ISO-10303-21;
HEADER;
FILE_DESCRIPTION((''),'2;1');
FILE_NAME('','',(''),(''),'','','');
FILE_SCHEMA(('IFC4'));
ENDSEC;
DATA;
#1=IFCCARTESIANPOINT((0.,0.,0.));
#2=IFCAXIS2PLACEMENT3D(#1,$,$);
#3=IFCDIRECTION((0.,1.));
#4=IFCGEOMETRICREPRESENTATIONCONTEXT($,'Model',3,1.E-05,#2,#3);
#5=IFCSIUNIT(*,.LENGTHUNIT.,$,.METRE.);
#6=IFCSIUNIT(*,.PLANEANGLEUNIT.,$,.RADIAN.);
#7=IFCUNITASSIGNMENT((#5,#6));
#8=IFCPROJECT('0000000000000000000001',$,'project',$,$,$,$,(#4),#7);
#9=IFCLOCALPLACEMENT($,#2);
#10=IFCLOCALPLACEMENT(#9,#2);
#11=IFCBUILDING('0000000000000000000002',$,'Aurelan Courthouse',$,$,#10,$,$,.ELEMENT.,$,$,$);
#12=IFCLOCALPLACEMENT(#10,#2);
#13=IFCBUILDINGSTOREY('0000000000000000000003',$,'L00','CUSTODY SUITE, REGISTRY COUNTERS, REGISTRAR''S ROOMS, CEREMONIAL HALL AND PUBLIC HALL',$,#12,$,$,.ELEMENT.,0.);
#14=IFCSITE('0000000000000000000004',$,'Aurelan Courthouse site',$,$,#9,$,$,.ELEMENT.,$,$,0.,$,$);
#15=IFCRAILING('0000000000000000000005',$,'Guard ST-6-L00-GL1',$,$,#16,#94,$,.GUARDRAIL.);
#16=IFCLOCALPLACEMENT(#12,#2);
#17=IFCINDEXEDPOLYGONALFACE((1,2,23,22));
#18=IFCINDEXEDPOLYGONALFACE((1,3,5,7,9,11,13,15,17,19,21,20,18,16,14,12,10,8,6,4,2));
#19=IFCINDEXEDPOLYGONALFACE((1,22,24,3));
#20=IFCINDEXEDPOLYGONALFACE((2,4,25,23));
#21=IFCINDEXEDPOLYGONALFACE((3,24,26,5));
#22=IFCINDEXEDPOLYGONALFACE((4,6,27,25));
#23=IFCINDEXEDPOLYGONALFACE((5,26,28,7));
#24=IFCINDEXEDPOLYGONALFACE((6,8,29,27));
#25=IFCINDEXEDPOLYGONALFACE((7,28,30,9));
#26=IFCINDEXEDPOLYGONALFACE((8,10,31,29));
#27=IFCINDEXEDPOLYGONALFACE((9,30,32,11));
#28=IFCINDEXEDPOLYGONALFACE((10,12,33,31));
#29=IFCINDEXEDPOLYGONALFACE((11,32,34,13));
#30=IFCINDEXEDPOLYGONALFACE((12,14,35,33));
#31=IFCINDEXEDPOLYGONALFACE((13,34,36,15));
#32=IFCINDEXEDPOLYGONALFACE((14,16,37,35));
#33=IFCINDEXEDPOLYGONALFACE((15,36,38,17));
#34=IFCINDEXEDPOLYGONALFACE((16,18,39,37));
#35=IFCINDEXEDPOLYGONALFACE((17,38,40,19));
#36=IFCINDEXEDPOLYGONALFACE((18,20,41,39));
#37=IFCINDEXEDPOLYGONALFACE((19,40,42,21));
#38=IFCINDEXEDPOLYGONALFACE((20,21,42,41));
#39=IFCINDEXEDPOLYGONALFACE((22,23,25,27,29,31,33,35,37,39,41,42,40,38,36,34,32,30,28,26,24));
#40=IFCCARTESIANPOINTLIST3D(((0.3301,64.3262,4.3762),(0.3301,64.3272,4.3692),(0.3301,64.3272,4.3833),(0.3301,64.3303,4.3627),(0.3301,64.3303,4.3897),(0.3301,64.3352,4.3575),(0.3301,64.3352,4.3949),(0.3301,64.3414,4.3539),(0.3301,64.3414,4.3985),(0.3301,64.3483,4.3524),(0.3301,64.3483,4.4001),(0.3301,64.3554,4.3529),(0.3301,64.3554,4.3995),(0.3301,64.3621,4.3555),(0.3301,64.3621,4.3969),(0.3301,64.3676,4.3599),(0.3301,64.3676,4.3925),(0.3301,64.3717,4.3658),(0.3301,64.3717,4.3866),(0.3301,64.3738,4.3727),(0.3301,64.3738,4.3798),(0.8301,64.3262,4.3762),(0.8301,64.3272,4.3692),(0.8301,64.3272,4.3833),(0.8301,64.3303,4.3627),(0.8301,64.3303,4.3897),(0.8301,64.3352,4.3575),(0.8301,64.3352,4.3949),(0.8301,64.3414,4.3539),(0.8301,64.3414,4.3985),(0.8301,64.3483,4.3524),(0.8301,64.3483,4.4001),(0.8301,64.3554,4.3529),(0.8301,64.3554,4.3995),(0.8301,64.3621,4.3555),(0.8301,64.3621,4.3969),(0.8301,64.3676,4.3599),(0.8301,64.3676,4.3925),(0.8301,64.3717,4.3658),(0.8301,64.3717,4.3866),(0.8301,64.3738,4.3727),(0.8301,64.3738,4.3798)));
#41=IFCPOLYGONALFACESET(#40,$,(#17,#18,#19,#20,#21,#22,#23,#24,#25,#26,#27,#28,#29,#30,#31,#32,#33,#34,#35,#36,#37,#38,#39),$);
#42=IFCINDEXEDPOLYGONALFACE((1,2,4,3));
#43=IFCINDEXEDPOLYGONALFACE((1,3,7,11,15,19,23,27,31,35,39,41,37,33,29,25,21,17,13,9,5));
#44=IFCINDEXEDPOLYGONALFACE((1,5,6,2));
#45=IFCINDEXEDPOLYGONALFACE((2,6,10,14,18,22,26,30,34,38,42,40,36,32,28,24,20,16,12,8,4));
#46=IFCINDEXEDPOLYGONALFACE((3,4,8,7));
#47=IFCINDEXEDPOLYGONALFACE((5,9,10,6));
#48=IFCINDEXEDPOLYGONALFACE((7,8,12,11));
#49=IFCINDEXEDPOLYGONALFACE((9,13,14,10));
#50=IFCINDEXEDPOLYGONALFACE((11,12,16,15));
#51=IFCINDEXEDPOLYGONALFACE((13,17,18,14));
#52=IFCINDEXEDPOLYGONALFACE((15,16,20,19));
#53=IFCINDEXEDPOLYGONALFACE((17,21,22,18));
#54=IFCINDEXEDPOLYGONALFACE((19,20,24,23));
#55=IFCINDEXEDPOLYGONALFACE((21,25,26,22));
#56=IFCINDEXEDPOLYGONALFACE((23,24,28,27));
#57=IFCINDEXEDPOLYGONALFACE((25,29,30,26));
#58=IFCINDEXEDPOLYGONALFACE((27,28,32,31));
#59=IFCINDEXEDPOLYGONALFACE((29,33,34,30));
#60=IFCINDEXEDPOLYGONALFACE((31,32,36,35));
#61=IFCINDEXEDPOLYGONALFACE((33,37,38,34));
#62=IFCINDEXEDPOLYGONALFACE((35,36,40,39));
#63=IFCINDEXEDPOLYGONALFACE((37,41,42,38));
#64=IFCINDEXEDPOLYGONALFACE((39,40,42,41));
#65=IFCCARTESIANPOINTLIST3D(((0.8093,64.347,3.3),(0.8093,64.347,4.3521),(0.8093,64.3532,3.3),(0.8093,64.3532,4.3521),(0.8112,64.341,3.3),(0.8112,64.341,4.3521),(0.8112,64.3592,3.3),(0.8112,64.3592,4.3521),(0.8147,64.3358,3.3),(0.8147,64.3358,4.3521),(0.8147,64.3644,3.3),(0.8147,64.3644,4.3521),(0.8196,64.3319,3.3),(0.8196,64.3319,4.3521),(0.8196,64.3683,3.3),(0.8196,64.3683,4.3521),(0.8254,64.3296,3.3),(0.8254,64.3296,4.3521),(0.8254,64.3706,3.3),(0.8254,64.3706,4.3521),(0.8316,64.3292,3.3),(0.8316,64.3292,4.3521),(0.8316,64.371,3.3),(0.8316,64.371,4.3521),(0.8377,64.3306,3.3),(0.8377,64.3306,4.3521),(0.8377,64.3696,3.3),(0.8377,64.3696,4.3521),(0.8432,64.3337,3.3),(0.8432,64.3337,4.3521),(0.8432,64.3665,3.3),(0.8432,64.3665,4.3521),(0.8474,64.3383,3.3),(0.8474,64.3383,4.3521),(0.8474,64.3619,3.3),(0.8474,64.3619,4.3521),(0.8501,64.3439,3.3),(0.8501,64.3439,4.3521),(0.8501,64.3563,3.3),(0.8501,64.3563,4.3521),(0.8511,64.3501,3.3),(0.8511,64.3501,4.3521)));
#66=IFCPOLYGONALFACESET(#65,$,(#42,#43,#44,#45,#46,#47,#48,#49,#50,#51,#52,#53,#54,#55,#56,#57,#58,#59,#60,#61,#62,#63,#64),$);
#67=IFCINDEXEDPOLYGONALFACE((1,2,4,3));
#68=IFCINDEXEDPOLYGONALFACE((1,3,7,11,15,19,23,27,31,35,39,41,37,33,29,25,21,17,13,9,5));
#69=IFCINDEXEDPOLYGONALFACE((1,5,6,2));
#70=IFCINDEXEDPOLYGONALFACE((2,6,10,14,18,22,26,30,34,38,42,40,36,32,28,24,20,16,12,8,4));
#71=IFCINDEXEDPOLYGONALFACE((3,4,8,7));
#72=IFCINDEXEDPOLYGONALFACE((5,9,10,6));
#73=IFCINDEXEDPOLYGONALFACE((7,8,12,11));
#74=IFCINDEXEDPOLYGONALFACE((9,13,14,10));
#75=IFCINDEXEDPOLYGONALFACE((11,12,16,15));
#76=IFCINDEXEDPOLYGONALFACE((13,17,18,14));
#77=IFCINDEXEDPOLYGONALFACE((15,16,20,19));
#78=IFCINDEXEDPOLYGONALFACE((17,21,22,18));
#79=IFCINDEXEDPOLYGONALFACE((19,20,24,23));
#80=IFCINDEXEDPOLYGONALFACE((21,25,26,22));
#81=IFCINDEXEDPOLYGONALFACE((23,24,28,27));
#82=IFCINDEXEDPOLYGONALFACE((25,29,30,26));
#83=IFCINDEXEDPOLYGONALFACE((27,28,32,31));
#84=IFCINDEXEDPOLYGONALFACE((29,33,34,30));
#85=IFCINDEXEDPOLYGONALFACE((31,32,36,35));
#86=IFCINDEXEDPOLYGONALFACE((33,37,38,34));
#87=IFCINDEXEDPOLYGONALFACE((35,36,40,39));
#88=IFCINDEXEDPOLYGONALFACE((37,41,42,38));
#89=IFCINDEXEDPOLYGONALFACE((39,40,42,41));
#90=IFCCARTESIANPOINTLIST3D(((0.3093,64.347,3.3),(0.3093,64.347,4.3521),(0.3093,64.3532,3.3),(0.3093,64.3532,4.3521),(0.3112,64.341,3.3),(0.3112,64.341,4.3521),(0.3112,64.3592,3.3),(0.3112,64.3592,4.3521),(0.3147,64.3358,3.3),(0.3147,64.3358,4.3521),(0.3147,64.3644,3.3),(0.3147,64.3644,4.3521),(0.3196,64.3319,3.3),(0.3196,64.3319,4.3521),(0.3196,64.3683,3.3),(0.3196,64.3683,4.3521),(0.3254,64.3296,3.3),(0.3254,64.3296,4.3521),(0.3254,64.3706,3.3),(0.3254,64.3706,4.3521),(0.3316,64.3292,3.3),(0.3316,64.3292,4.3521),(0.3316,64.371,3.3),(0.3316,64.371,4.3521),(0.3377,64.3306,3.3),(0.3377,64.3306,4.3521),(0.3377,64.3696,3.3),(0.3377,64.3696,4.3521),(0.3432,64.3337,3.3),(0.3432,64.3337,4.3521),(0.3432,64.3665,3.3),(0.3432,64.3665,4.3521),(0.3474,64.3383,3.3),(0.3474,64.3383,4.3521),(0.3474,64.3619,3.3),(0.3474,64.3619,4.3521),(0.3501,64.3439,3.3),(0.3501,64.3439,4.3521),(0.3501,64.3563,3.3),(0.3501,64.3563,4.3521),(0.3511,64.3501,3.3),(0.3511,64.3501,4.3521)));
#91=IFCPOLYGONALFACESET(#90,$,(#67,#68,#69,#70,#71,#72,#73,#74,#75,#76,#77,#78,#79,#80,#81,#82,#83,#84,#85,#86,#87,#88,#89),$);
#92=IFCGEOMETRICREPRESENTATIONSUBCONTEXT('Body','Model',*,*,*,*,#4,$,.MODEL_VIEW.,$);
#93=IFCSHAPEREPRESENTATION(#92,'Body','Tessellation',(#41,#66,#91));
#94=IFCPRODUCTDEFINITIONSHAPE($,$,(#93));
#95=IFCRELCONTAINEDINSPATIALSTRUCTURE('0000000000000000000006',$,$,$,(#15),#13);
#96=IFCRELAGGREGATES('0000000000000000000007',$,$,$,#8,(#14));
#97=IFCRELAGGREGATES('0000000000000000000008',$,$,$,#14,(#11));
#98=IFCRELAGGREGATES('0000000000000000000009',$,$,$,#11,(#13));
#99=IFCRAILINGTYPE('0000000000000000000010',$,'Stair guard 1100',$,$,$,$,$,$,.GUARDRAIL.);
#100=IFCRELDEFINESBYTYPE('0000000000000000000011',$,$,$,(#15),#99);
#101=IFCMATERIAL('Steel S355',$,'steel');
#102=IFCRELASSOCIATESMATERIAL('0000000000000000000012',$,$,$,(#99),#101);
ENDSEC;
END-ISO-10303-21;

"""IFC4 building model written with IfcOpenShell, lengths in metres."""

from ifc_helpers import new_model, si_unit, direction, frame, origin, origin_2d, place, context, subcontext, project, spatial, circle, extrude, material, type_object, element, save


model = new_model("IFC4")

# Units and contexts
model_context = context("Model", 3, precision=1e-05, world=origin(), true_north=direction((0.0, 1.0)))
body_context = subcontext(model_context, "Body", "Model", "MODEL_VIEW")
ifc_project = project(units=[si_unit("LENGTHUNIT", "METRE"), si_unit("PLANEANGLEUNIT", "RADIAN")], contexts=[model_context])

# Site, building, storey
site_placement = place(None, origin())
site = spatial("IfcSite", under=ifc_project, at=site_placement, Name="Aurelan Courthouse site", CompositionType="ELEMENT", RefElevation=0.0)
building_placement = place(site_placement, origin())
building = spatial("IfcBuilding", under=site, at=building_placement, Name="Aurelan Courthouse", CompositionType="ELEMENT")
storey_placement = place(building_placement, origin())
storey = spatial("IfcBuildingStorey", under=building, at=storey_placement, Name="L00", Description="CUSTODY SUITE, REGISTRY COUNTERS, REGISTRAR'S ROOMS, CEREMONIAL HALL AND PUBLIC HALL", CompositionType="ELEMENT", Elevation=0.0)

# Railing
ifc_material_1 = material(Name="Steel S355", Category="steel")
railing_type_1 = type_object("IfcRailingType", Name="Stair guard 1100", PredefinedType="GUARDRAIL", material=ifc_material_1)
railing_1_placement = place(storey_placement, frame((0.8301, 64.3501, 3.3)))
element("IfcRailing", 1, at=railing_1_placement, inside=storey, type_object=railing_type_1, Name="Guard ST-6-L00-GL1", PredefinedType="GUARDRAIL", context=body_context, shape_type="SweptSolid", body=[
    extrude(circle(Radius=0.0239, at=origin_2d()), frame((0.0, 0.0, 1.0762), z_axis=(-1.0, 0.0, 0.0), x_axis=(0.0, -1.0, 0.0)), (0.0, 0.0, 1.0), 0.5),
    extrude(circle(Radius=0.021, at=origin_2d()), origin(), (0.0, 0.0, 1.0), 1.052),
    extrude(circle(Radius=0.021, at=origin_2d()), frame((-0.5, 0.0, 0.0)), (0.0, 0.0, 1.0), 1.052),
])

save(model, "model.ifc")
